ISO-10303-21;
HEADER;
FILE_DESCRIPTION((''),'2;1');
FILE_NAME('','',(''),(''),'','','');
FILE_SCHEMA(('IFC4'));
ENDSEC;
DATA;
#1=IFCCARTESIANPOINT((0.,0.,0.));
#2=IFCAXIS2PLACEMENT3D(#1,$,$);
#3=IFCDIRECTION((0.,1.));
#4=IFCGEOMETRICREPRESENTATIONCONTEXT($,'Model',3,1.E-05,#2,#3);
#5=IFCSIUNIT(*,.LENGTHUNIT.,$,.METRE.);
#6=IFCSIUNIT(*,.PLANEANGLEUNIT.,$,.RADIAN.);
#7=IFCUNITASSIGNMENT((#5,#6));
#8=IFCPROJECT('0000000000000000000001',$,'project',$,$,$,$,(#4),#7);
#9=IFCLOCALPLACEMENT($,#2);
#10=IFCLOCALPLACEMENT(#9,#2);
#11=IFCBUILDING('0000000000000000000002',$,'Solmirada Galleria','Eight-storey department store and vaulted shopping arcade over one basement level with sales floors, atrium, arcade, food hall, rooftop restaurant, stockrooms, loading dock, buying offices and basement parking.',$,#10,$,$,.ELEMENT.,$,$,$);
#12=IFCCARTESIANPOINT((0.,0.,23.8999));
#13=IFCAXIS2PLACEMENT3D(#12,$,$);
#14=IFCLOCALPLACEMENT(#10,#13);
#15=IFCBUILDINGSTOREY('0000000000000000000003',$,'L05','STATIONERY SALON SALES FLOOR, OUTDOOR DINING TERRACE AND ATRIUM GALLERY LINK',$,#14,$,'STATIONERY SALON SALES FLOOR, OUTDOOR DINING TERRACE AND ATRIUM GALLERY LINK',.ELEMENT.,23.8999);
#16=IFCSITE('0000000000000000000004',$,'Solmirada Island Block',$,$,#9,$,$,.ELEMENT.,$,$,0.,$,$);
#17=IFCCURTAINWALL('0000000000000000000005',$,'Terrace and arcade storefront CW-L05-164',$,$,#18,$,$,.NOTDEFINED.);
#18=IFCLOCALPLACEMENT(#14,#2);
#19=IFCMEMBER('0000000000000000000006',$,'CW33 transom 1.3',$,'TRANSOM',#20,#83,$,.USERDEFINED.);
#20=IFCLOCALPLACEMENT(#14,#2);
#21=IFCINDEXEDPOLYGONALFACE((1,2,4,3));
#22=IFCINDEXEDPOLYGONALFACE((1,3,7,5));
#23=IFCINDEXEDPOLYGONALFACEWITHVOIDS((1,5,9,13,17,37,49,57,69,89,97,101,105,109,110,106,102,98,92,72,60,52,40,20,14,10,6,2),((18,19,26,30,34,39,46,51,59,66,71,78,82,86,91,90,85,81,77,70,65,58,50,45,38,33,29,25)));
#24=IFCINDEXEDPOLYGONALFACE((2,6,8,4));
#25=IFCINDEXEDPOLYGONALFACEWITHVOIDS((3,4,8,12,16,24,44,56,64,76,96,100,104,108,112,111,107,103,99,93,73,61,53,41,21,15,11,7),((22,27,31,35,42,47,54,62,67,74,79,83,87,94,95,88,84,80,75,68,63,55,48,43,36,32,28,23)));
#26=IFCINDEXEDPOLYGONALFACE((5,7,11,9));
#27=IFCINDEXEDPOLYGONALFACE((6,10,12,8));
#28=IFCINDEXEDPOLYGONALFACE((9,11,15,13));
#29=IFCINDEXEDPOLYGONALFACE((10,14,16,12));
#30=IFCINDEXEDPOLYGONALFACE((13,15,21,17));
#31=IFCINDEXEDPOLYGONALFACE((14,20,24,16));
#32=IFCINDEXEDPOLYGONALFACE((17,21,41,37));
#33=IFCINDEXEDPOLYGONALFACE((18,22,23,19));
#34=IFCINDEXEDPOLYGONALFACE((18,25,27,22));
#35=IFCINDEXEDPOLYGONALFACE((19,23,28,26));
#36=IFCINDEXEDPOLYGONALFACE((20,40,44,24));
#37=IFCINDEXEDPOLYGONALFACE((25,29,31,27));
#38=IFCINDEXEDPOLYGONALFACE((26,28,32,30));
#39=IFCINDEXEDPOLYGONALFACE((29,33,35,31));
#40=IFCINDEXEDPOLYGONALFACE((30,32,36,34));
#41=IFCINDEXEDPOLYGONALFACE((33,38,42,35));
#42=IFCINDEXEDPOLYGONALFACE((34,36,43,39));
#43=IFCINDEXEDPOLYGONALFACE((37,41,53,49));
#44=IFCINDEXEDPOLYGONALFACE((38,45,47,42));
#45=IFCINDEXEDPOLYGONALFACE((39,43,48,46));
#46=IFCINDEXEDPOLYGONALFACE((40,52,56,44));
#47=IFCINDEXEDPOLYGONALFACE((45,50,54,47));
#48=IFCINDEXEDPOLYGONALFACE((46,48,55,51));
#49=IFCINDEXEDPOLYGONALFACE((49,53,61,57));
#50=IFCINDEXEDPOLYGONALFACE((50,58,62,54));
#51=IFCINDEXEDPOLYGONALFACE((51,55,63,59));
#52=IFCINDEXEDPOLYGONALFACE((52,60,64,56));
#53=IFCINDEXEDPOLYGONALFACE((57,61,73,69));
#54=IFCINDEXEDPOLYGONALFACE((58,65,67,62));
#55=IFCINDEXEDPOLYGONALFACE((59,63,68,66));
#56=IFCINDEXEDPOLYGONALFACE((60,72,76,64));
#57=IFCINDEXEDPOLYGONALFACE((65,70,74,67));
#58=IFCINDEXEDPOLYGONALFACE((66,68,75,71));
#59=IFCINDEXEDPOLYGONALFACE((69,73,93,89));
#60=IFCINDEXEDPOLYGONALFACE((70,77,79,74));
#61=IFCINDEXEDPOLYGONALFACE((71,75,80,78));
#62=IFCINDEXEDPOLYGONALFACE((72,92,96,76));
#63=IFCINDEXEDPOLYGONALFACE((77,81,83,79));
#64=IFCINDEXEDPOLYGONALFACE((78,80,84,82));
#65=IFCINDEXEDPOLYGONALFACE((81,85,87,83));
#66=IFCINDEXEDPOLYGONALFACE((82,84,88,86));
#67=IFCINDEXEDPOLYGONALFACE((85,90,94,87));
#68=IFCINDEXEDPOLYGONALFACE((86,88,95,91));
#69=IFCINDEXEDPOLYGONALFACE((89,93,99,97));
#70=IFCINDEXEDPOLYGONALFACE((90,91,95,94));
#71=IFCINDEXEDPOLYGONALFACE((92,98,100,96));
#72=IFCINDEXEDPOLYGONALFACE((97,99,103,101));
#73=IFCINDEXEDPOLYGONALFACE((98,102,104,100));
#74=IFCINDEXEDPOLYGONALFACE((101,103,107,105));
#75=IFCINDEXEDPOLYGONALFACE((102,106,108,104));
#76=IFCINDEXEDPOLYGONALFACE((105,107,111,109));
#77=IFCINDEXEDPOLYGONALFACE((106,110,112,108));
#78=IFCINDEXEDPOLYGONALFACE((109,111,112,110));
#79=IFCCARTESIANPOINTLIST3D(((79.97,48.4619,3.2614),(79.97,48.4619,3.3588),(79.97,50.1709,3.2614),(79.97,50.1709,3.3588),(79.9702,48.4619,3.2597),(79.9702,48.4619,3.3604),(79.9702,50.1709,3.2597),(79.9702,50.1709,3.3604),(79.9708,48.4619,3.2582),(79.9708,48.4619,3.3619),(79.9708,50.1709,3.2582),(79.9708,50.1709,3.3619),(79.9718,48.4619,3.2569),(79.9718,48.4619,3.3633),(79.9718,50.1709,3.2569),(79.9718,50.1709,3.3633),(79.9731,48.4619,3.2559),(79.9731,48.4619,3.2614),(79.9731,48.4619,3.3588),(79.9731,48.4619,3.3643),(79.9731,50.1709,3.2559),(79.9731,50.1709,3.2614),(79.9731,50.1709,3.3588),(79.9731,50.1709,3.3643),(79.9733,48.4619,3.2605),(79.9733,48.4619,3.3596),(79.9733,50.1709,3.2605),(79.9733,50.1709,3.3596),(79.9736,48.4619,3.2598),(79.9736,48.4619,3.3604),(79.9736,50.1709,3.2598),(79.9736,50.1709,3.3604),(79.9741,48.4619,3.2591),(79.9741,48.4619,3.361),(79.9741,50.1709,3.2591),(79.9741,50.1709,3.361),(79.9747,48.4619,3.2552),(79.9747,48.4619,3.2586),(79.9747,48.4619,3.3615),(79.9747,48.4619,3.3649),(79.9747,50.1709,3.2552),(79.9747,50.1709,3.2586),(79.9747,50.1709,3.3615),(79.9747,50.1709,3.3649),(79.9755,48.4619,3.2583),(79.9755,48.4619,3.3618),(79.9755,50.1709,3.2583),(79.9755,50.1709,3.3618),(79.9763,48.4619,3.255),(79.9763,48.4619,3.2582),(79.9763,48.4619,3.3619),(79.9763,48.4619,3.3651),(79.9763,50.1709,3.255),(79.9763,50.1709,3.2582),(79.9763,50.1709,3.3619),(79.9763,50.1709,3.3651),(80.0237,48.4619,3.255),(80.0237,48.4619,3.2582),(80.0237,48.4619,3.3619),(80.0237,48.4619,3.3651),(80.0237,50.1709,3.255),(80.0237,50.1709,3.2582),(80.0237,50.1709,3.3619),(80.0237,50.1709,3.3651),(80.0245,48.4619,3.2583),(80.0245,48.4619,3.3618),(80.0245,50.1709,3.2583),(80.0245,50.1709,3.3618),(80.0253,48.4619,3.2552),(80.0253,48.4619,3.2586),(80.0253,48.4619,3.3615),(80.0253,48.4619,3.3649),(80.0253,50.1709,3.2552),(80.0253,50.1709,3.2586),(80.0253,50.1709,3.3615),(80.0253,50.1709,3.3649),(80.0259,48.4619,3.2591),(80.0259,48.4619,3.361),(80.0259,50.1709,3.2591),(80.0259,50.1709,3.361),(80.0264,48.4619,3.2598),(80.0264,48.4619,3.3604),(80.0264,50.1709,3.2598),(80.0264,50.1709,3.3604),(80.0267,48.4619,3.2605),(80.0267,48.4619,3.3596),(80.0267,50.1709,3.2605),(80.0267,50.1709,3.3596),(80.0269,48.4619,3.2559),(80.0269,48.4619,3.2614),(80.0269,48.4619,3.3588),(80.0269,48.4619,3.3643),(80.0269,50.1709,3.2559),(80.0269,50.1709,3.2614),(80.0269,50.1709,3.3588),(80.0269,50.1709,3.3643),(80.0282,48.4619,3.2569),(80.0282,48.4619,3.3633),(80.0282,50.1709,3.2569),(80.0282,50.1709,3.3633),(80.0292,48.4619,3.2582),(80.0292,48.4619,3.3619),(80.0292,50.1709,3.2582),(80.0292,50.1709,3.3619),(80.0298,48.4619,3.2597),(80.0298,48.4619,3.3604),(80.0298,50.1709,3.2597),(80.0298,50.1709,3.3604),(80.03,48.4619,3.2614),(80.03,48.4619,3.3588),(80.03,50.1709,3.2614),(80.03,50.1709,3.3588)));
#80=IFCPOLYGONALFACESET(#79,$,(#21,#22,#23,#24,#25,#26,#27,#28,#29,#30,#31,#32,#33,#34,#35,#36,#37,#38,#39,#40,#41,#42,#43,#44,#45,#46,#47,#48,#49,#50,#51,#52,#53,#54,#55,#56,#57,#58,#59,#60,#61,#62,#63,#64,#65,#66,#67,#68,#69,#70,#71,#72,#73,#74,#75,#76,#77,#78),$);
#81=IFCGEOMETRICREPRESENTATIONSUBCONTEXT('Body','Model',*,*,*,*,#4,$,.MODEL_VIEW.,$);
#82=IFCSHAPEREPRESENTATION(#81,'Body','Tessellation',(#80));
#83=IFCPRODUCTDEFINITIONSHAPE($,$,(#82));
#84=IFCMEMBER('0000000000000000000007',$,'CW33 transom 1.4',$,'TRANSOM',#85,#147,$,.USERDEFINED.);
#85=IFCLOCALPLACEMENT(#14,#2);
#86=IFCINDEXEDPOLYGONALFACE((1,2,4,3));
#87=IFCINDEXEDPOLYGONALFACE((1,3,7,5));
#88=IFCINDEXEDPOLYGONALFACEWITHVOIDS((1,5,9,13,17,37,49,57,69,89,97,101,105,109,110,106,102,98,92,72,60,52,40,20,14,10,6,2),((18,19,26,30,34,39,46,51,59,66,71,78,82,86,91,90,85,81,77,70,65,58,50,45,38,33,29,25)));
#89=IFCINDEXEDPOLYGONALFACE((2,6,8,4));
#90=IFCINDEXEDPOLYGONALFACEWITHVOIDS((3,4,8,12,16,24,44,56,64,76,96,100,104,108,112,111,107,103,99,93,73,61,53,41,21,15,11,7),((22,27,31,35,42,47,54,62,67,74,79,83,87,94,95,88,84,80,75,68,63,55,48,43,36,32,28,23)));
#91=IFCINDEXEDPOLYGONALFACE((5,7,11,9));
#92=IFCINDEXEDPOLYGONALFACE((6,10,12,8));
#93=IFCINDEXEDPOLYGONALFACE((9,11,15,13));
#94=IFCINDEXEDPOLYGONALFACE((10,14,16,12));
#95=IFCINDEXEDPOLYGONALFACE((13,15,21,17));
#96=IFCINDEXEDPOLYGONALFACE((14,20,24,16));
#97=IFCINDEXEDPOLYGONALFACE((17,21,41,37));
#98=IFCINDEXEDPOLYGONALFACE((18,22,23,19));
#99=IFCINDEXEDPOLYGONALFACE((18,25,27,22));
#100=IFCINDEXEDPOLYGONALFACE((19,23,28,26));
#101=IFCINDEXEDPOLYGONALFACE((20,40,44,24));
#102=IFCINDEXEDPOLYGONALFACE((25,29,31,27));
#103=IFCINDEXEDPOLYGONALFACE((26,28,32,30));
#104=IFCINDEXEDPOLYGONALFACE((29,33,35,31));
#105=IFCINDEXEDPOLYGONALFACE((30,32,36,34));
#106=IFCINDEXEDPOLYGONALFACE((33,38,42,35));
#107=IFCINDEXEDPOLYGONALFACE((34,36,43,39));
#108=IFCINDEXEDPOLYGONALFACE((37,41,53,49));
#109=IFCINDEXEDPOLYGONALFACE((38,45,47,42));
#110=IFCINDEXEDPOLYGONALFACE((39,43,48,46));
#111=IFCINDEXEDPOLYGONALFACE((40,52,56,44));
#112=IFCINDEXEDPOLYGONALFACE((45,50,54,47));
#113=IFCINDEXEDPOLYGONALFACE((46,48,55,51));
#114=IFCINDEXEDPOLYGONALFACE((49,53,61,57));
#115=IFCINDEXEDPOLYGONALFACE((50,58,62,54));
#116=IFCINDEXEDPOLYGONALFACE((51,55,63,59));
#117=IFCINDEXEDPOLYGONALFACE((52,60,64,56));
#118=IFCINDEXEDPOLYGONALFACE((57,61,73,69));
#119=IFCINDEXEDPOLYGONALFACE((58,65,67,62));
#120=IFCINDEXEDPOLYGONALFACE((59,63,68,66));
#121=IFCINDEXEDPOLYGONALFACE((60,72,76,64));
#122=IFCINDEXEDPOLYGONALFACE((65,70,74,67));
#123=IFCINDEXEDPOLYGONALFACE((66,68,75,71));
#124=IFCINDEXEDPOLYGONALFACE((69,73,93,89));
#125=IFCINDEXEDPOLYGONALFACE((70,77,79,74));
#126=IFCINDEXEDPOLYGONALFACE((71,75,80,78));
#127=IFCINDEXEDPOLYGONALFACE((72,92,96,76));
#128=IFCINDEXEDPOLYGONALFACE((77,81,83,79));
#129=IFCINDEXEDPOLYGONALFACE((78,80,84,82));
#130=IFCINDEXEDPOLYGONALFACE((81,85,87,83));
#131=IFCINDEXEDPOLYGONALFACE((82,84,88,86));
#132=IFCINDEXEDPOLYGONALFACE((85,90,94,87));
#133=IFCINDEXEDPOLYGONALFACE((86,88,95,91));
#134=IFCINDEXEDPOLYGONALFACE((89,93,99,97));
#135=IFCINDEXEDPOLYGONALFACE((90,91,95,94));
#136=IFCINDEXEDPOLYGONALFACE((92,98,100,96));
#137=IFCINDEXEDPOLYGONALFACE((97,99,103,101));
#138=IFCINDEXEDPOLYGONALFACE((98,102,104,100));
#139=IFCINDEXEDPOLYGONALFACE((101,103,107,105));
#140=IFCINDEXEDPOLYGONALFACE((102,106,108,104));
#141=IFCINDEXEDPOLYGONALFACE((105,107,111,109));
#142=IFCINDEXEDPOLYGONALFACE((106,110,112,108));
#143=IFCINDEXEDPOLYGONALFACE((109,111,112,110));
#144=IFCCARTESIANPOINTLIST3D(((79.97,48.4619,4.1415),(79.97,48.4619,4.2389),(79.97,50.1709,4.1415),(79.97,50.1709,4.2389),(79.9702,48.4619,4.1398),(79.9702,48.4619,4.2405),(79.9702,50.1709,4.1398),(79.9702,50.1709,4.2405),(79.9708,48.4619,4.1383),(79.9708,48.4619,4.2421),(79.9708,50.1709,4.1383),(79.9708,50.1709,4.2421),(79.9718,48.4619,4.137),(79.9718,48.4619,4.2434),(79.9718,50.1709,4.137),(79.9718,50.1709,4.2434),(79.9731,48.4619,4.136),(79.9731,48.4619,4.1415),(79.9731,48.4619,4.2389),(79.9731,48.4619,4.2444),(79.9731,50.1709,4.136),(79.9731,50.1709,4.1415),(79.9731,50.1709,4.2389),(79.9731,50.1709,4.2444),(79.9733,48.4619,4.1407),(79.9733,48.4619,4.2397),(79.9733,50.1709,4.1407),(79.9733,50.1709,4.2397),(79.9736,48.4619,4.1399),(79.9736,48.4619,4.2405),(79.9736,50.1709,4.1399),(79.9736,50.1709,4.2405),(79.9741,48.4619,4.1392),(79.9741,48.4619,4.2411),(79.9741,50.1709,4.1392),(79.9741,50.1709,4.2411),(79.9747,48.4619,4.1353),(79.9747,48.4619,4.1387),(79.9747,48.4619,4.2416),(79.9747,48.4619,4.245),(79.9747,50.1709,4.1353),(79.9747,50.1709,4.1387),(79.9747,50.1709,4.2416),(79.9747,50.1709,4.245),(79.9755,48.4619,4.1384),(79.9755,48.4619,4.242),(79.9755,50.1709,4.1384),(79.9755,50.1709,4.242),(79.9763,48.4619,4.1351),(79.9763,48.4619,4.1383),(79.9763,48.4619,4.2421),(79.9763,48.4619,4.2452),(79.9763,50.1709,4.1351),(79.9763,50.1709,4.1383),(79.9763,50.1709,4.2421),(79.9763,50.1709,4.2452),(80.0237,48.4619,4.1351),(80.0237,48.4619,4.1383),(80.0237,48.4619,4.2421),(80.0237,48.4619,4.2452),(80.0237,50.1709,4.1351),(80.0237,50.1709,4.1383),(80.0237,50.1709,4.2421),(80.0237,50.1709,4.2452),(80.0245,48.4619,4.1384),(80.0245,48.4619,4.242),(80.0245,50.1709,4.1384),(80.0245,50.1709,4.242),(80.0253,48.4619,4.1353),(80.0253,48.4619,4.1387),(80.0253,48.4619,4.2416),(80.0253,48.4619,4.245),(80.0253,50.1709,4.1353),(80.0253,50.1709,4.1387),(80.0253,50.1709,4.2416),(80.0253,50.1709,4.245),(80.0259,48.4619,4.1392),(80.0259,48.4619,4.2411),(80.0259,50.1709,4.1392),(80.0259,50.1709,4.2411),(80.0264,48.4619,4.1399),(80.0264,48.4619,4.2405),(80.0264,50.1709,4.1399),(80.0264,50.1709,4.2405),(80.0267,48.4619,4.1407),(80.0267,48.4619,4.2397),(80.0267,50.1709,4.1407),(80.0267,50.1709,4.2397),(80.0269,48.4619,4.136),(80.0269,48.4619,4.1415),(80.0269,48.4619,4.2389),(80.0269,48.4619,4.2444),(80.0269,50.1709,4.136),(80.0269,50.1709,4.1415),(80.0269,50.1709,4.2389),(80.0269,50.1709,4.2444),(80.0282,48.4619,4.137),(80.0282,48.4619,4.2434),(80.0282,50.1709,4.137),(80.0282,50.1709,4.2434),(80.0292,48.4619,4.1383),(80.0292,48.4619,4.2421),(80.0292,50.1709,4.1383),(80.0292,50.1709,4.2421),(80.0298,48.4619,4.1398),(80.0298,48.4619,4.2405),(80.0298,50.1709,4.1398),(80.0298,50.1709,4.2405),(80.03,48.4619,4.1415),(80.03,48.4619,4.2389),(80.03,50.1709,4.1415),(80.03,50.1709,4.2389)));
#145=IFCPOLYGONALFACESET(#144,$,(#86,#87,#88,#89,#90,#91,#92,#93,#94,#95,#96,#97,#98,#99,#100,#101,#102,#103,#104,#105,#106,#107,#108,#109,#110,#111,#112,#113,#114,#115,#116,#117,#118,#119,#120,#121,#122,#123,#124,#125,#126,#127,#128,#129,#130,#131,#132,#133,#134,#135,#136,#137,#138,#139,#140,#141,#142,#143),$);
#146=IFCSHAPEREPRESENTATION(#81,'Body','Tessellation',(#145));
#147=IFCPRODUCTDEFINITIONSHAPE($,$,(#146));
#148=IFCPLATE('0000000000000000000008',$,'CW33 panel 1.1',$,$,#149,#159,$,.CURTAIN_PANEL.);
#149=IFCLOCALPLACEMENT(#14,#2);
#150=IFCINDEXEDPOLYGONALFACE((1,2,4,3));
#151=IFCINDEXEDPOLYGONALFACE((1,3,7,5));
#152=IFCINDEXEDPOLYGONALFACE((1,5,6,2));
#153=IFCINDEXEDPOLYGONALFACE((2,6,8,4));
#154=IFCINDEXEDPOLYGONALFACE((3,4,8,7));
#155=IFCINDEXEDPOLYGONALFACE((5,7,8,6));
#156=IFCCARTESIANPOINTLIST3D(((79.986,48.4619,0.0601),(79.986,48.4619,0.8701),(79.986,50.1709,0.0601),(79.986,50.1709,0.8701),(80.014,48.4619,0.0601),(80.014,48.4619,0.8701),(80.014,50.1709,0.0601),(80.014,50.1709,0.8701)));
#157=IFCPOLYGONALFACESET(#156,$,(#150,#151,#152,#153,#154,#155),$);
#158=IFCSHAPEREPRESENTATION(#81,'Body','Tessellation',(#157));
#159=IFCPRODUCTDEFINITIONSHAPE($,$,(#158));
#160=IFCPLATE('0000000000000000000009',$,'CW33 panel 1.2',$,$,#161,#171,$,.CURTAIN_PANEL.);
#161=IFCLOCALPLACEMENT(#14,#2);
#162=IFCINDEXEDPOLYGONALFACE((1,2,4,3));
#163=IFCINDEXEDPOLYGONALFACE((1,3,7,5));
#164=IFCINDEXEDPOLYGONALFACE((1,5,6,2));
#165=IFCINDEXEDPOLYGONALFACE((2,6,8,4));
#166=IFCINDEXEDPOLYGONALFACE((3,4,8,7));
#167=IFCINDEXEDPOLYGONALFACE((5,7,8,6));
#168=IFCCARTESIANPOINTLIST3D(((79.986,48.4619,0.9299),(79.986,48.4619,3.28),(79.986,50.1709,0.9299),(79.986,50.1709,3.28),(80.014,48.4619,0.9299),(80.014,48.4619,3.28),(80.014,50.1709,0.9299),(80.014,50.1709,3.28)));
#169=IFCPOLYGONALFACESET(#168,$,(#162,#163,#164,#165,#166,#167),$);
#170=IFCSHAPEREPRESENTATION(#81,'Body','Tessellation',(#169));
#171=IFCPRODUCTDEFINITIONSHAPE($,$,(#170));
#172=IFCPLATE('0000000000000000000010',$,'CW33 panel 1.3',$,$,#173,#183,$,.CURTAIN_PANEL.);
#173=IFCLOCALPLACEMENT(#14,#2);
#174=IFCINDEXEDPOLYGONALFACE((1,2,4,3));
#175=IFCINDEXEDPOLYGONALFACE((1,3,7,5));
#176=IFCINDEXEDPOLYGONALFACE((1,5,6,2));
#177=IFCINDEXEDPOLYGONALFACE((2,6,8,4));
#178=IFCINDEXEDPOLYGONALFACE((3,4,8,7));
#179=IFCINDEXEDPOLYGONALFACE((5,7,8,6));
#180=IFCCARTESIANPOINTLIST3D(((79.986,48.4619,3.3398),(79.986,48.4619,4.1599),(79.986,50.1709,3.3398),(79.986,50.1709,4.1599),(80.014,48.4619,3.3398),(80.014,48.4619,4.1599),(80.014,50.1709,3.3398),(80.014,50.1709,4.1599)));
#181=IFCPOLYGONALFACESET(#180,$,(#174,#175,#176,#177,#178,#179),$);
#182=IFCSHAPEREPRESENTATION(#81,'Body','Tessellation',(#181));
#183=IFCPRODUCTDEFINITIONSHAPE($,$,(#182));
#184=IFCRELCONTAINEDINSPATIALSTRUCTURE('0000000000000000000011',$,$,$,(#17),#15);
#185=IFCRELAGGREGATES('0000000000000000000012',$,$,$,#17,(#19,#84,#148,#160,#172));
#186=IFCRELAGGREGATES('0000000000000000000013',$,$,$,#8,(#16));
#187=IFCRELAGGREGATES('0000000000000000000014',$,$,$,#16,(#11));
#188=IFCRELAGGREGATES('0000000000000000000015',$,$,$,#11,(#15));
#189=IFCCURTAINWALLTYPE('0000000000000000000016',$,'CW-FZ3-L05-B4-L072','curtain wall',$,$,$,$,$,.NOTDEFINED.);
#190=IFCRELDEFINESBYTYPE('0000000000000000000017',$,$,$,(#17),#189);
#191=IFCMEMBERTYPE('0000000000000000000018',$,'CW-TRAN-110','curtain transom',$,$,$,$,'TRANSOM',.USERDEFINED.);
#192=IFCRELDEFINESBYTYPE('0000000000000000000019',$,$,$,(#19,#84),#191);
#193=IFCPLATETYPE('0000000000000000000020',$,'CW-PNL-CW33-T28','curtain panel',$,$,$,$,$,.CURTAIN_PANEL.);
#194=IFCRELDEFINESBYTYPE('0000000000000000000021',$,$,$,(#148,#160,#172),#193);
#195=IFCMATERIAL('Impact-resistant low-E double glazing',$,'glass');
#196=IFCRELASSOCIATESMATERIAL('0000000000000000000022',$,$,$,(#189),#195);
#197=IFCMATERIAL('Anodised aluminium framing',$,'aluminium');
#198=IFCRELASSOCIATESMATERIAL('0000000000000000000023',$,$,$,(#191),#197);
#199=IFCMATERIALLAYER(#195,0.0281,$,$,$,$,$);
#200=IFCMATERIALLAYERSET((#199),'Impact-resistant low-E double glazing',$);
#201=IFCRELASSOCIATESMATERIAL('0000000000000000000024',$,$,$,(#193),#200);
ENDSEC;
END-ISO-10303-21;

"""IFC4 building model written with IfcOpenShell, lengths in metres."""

from ifc_helpers import new_model, si_unit, direction, frame, origin, origin_2d, place, context, subcontext, project, spatial, rectangle, hollow_rectangle, extrude, material, layer, layer_set, material_profile, profile_set, type_object, element, aggregate, save


model = new_model("IFC4")

# Units and contexts
model_context = context("Model", 3, precision=1e-05, world=origin(), true_north=direction((0.0, 1.0)))
body_context = subcontext(model_context, "Body", "Model", "MODEL_VIEW")
ifc_project = project(units=[si_unit("LENGTHUNIT", "METRE"), si_unit("PLANEANGLEUNIT", "RADIAN")], contexts=[model_context])

# Site, building, storey
site_placement = place(None, origin())
site = spatial("IfcSite", under=ifc_project, at=site_placement, Name="Solmirada Island Block", CompositionType="ELEMENT", RefElevation=0.0)
building_placement = place(site_placement, origin())
building = spatial("IfcBuilding", under=site, at=building_placement, Name="Solmirada Galleria", Description="Eight-storey department store and vaulted shopping arcade over one basement level with sales floors, atrium, arcade, food hall, rooftop restaurant, stockrooms, loading dock, buying offices and basement parking.", CompositionType="ELEMENT")
storey_placement = place(building_placement, frame((0.0, 0.0, 23.8999)))
storey = spatial("IfcBuildingStorey", under=building, at=storey_placement, Name="L05", Description="STATIONERY SALON SALES FLOOR, OUTDOOR DINING TERRACE AND ATRIUM GALLERY LINK", LongName="STATIONERY SALON SALES FLOOR, OUTDOOR DINING TERRACE AND ATRIUM GALLERY LINK", CompositionType="ELEMENT", Elevation=23.8999)

# Curtain wall, members, plates
ifc_material_1 = material(Name="Impact-resistant low-E double glazing", Category="glass")
curtain_wall_type = type_object("IfcCurtainWallType", Name="CW-FZ3-L05-B4-L072", Description="curtain wall", PredefinedType="NOTDEFINED", material=ifc_material_1)
curtain_wall_placement = place(storey_placement, origin())
curtain_wall = element("IfcCurtainWall", 1, at=curtain_wall_placement, inside=storey, type_object=curtain_wall_type, Name="Terrace and arcade storefront CW-L05-164", PredefinedType="NOTDEFINED")
ifc_material_2 = material(Name="Anodised aluminium framing", Category="aluminium")
ifc_material_profile_1 = material_profile(ifc_material_2, hollow_rectangle(XDim=0.0601, YDim=0.1101, WallThickness=0.0032, InnerFilletRadius=0.0032, OuterFilletRadius=0.0063, at=origin_2d()), Name="ALU-TRAN-110X60")
ifc_profile_set_1 = profile_set([ifc_material_profile_1], Name="Anodised aluminium framing")
member_type_1 = type_object("IfcMemberType", Name="CW-TRAN-110", Description="curtain transom", ElementType="TRANSOM", PredefinedType="USERDEFINED", material=ifc_profile_set_1)
member_1_placement = place(storey_placement, frame((80.0, 48.4619, 3.3101), z_axis=(0.0, 1.0, 0.0), x_axis=(-1.0, 0.0, 0.0)))
member_1 = element("IfcMember", 2, at=member_1_placement, type_object=member_type_1, Name="CW33 transom 1.3", ObjectType="TRANSOM", PredefinedType="USERDEFINED", context=body_context, shape_type="SweptSolid", body=[
    extrude(hollow_rectangle(XDim=0.0601, YDim=0.1101, WallThickness=0.0032, InnerFilletRadius=0.0032, OuterFilletRadius=0.0063, at=origin_2d()), origin(), (0.0, 0.0, 1.0), 1.709),
])
member_2_placement = place(storey_placement, frame((80.0, 48.4619, 4.1902), z_axis=(0.0, 1.0, 0.0), x_axis=(-1.0, 0.0, 0.0)))
member_2 = element("IfcMember", 3, at=member_2_placement, type_object=member_type_1, Name="CW33 transom 1.4", ObjectType="TRANSOM", PredefinedType="USERDEFINED", context=body_context, shape_type="SweptSolid", body=[
    extrude(hollow_rectangle(XDim=0.0601, YDim=0.1101, WallThickness=0.0032, InnerFilletRadius=0.0032, OuterFilletRadius=0.0063, at=origin_2d()), origin(), (0.0, 0.0, 1.0), 1.709),
])
ifc_layer_1 = layer(ifc_material_1, 0.0281)
ifc_layer_set_1 = layer_set([ifc_layer_1], Name="Impact-resistant low-E double glazing")
plate_type = type_object("IfcPlateType", Name="CW-PNL-CW33-T28", Description="curtain panel", PredefinedType="CURTAIN_PANEL", material=ifc_layer_set_1)
plate_1_placement = place(storey_placement, frame((80.0, 49.3164, 0.0601), z_axis=(0.0, 0.0, 1.0), x_axis=(0.0, 1.0, 0.0)))
plate_1 = element("IfcPlate", 4, at=plate_1_placement, type_object=plate_type, Name="CW33 panel 1.1", PredefinedType="CURTAIN_PANEL", context=body_context, shape_type="SweptSolid", body=[
    extrude(rectangle(XDim=1.709, YDim=0.0281, at=origin_2d()), origin(), (0.0, 0.0, 1.0), 0.8101),
])
plate_2_placement = place(storey_placement, frame((80.0, 49.3164, 0.9299), z_axis=(0.0, 0.0, 1.0), x_axis=(0.0, 1.0, 0.0)))
plate_2 = element("IfcPlate", 5, at=plate_2_placement, type_object=plate_type, Name="CW33 panel 1.2", PredefinedType="CURTAIN_PANEL", context=body_context, shape_type="SweptSolid", body=[
    extrude(rectangle(XDim=1.709, YDim=0.0281, at=origin_2d()), origin(), (0.0, 0.0, 1.0), 2.3501),
])
plate_3_placement = place(storey_placement, frame((80.0, 49.3164, 3.3398), z_axis=(0.0, 0.0, 1.0), x_axis=(0.0, 1.0, 0.0)))
plate_3 = element("IfcPlate", 6, at=plate_3_placement, type_object=plate_type, Name="CW33 panel 1.3", PredefinedType="CURTAIN_PANEL", context=body_context, shape_type="SweptSolid", body=[
    extrude(rectangle(XDim=1.709, YDim=0.0281, at=origin_2d()), origin(), (0.0, 0.0, 1.0), 0.8201),
])
aggregate(curtain_wall, [member_1, member_2, plate_1, plate_2, plate_3])

save(model, "model.ifc")
